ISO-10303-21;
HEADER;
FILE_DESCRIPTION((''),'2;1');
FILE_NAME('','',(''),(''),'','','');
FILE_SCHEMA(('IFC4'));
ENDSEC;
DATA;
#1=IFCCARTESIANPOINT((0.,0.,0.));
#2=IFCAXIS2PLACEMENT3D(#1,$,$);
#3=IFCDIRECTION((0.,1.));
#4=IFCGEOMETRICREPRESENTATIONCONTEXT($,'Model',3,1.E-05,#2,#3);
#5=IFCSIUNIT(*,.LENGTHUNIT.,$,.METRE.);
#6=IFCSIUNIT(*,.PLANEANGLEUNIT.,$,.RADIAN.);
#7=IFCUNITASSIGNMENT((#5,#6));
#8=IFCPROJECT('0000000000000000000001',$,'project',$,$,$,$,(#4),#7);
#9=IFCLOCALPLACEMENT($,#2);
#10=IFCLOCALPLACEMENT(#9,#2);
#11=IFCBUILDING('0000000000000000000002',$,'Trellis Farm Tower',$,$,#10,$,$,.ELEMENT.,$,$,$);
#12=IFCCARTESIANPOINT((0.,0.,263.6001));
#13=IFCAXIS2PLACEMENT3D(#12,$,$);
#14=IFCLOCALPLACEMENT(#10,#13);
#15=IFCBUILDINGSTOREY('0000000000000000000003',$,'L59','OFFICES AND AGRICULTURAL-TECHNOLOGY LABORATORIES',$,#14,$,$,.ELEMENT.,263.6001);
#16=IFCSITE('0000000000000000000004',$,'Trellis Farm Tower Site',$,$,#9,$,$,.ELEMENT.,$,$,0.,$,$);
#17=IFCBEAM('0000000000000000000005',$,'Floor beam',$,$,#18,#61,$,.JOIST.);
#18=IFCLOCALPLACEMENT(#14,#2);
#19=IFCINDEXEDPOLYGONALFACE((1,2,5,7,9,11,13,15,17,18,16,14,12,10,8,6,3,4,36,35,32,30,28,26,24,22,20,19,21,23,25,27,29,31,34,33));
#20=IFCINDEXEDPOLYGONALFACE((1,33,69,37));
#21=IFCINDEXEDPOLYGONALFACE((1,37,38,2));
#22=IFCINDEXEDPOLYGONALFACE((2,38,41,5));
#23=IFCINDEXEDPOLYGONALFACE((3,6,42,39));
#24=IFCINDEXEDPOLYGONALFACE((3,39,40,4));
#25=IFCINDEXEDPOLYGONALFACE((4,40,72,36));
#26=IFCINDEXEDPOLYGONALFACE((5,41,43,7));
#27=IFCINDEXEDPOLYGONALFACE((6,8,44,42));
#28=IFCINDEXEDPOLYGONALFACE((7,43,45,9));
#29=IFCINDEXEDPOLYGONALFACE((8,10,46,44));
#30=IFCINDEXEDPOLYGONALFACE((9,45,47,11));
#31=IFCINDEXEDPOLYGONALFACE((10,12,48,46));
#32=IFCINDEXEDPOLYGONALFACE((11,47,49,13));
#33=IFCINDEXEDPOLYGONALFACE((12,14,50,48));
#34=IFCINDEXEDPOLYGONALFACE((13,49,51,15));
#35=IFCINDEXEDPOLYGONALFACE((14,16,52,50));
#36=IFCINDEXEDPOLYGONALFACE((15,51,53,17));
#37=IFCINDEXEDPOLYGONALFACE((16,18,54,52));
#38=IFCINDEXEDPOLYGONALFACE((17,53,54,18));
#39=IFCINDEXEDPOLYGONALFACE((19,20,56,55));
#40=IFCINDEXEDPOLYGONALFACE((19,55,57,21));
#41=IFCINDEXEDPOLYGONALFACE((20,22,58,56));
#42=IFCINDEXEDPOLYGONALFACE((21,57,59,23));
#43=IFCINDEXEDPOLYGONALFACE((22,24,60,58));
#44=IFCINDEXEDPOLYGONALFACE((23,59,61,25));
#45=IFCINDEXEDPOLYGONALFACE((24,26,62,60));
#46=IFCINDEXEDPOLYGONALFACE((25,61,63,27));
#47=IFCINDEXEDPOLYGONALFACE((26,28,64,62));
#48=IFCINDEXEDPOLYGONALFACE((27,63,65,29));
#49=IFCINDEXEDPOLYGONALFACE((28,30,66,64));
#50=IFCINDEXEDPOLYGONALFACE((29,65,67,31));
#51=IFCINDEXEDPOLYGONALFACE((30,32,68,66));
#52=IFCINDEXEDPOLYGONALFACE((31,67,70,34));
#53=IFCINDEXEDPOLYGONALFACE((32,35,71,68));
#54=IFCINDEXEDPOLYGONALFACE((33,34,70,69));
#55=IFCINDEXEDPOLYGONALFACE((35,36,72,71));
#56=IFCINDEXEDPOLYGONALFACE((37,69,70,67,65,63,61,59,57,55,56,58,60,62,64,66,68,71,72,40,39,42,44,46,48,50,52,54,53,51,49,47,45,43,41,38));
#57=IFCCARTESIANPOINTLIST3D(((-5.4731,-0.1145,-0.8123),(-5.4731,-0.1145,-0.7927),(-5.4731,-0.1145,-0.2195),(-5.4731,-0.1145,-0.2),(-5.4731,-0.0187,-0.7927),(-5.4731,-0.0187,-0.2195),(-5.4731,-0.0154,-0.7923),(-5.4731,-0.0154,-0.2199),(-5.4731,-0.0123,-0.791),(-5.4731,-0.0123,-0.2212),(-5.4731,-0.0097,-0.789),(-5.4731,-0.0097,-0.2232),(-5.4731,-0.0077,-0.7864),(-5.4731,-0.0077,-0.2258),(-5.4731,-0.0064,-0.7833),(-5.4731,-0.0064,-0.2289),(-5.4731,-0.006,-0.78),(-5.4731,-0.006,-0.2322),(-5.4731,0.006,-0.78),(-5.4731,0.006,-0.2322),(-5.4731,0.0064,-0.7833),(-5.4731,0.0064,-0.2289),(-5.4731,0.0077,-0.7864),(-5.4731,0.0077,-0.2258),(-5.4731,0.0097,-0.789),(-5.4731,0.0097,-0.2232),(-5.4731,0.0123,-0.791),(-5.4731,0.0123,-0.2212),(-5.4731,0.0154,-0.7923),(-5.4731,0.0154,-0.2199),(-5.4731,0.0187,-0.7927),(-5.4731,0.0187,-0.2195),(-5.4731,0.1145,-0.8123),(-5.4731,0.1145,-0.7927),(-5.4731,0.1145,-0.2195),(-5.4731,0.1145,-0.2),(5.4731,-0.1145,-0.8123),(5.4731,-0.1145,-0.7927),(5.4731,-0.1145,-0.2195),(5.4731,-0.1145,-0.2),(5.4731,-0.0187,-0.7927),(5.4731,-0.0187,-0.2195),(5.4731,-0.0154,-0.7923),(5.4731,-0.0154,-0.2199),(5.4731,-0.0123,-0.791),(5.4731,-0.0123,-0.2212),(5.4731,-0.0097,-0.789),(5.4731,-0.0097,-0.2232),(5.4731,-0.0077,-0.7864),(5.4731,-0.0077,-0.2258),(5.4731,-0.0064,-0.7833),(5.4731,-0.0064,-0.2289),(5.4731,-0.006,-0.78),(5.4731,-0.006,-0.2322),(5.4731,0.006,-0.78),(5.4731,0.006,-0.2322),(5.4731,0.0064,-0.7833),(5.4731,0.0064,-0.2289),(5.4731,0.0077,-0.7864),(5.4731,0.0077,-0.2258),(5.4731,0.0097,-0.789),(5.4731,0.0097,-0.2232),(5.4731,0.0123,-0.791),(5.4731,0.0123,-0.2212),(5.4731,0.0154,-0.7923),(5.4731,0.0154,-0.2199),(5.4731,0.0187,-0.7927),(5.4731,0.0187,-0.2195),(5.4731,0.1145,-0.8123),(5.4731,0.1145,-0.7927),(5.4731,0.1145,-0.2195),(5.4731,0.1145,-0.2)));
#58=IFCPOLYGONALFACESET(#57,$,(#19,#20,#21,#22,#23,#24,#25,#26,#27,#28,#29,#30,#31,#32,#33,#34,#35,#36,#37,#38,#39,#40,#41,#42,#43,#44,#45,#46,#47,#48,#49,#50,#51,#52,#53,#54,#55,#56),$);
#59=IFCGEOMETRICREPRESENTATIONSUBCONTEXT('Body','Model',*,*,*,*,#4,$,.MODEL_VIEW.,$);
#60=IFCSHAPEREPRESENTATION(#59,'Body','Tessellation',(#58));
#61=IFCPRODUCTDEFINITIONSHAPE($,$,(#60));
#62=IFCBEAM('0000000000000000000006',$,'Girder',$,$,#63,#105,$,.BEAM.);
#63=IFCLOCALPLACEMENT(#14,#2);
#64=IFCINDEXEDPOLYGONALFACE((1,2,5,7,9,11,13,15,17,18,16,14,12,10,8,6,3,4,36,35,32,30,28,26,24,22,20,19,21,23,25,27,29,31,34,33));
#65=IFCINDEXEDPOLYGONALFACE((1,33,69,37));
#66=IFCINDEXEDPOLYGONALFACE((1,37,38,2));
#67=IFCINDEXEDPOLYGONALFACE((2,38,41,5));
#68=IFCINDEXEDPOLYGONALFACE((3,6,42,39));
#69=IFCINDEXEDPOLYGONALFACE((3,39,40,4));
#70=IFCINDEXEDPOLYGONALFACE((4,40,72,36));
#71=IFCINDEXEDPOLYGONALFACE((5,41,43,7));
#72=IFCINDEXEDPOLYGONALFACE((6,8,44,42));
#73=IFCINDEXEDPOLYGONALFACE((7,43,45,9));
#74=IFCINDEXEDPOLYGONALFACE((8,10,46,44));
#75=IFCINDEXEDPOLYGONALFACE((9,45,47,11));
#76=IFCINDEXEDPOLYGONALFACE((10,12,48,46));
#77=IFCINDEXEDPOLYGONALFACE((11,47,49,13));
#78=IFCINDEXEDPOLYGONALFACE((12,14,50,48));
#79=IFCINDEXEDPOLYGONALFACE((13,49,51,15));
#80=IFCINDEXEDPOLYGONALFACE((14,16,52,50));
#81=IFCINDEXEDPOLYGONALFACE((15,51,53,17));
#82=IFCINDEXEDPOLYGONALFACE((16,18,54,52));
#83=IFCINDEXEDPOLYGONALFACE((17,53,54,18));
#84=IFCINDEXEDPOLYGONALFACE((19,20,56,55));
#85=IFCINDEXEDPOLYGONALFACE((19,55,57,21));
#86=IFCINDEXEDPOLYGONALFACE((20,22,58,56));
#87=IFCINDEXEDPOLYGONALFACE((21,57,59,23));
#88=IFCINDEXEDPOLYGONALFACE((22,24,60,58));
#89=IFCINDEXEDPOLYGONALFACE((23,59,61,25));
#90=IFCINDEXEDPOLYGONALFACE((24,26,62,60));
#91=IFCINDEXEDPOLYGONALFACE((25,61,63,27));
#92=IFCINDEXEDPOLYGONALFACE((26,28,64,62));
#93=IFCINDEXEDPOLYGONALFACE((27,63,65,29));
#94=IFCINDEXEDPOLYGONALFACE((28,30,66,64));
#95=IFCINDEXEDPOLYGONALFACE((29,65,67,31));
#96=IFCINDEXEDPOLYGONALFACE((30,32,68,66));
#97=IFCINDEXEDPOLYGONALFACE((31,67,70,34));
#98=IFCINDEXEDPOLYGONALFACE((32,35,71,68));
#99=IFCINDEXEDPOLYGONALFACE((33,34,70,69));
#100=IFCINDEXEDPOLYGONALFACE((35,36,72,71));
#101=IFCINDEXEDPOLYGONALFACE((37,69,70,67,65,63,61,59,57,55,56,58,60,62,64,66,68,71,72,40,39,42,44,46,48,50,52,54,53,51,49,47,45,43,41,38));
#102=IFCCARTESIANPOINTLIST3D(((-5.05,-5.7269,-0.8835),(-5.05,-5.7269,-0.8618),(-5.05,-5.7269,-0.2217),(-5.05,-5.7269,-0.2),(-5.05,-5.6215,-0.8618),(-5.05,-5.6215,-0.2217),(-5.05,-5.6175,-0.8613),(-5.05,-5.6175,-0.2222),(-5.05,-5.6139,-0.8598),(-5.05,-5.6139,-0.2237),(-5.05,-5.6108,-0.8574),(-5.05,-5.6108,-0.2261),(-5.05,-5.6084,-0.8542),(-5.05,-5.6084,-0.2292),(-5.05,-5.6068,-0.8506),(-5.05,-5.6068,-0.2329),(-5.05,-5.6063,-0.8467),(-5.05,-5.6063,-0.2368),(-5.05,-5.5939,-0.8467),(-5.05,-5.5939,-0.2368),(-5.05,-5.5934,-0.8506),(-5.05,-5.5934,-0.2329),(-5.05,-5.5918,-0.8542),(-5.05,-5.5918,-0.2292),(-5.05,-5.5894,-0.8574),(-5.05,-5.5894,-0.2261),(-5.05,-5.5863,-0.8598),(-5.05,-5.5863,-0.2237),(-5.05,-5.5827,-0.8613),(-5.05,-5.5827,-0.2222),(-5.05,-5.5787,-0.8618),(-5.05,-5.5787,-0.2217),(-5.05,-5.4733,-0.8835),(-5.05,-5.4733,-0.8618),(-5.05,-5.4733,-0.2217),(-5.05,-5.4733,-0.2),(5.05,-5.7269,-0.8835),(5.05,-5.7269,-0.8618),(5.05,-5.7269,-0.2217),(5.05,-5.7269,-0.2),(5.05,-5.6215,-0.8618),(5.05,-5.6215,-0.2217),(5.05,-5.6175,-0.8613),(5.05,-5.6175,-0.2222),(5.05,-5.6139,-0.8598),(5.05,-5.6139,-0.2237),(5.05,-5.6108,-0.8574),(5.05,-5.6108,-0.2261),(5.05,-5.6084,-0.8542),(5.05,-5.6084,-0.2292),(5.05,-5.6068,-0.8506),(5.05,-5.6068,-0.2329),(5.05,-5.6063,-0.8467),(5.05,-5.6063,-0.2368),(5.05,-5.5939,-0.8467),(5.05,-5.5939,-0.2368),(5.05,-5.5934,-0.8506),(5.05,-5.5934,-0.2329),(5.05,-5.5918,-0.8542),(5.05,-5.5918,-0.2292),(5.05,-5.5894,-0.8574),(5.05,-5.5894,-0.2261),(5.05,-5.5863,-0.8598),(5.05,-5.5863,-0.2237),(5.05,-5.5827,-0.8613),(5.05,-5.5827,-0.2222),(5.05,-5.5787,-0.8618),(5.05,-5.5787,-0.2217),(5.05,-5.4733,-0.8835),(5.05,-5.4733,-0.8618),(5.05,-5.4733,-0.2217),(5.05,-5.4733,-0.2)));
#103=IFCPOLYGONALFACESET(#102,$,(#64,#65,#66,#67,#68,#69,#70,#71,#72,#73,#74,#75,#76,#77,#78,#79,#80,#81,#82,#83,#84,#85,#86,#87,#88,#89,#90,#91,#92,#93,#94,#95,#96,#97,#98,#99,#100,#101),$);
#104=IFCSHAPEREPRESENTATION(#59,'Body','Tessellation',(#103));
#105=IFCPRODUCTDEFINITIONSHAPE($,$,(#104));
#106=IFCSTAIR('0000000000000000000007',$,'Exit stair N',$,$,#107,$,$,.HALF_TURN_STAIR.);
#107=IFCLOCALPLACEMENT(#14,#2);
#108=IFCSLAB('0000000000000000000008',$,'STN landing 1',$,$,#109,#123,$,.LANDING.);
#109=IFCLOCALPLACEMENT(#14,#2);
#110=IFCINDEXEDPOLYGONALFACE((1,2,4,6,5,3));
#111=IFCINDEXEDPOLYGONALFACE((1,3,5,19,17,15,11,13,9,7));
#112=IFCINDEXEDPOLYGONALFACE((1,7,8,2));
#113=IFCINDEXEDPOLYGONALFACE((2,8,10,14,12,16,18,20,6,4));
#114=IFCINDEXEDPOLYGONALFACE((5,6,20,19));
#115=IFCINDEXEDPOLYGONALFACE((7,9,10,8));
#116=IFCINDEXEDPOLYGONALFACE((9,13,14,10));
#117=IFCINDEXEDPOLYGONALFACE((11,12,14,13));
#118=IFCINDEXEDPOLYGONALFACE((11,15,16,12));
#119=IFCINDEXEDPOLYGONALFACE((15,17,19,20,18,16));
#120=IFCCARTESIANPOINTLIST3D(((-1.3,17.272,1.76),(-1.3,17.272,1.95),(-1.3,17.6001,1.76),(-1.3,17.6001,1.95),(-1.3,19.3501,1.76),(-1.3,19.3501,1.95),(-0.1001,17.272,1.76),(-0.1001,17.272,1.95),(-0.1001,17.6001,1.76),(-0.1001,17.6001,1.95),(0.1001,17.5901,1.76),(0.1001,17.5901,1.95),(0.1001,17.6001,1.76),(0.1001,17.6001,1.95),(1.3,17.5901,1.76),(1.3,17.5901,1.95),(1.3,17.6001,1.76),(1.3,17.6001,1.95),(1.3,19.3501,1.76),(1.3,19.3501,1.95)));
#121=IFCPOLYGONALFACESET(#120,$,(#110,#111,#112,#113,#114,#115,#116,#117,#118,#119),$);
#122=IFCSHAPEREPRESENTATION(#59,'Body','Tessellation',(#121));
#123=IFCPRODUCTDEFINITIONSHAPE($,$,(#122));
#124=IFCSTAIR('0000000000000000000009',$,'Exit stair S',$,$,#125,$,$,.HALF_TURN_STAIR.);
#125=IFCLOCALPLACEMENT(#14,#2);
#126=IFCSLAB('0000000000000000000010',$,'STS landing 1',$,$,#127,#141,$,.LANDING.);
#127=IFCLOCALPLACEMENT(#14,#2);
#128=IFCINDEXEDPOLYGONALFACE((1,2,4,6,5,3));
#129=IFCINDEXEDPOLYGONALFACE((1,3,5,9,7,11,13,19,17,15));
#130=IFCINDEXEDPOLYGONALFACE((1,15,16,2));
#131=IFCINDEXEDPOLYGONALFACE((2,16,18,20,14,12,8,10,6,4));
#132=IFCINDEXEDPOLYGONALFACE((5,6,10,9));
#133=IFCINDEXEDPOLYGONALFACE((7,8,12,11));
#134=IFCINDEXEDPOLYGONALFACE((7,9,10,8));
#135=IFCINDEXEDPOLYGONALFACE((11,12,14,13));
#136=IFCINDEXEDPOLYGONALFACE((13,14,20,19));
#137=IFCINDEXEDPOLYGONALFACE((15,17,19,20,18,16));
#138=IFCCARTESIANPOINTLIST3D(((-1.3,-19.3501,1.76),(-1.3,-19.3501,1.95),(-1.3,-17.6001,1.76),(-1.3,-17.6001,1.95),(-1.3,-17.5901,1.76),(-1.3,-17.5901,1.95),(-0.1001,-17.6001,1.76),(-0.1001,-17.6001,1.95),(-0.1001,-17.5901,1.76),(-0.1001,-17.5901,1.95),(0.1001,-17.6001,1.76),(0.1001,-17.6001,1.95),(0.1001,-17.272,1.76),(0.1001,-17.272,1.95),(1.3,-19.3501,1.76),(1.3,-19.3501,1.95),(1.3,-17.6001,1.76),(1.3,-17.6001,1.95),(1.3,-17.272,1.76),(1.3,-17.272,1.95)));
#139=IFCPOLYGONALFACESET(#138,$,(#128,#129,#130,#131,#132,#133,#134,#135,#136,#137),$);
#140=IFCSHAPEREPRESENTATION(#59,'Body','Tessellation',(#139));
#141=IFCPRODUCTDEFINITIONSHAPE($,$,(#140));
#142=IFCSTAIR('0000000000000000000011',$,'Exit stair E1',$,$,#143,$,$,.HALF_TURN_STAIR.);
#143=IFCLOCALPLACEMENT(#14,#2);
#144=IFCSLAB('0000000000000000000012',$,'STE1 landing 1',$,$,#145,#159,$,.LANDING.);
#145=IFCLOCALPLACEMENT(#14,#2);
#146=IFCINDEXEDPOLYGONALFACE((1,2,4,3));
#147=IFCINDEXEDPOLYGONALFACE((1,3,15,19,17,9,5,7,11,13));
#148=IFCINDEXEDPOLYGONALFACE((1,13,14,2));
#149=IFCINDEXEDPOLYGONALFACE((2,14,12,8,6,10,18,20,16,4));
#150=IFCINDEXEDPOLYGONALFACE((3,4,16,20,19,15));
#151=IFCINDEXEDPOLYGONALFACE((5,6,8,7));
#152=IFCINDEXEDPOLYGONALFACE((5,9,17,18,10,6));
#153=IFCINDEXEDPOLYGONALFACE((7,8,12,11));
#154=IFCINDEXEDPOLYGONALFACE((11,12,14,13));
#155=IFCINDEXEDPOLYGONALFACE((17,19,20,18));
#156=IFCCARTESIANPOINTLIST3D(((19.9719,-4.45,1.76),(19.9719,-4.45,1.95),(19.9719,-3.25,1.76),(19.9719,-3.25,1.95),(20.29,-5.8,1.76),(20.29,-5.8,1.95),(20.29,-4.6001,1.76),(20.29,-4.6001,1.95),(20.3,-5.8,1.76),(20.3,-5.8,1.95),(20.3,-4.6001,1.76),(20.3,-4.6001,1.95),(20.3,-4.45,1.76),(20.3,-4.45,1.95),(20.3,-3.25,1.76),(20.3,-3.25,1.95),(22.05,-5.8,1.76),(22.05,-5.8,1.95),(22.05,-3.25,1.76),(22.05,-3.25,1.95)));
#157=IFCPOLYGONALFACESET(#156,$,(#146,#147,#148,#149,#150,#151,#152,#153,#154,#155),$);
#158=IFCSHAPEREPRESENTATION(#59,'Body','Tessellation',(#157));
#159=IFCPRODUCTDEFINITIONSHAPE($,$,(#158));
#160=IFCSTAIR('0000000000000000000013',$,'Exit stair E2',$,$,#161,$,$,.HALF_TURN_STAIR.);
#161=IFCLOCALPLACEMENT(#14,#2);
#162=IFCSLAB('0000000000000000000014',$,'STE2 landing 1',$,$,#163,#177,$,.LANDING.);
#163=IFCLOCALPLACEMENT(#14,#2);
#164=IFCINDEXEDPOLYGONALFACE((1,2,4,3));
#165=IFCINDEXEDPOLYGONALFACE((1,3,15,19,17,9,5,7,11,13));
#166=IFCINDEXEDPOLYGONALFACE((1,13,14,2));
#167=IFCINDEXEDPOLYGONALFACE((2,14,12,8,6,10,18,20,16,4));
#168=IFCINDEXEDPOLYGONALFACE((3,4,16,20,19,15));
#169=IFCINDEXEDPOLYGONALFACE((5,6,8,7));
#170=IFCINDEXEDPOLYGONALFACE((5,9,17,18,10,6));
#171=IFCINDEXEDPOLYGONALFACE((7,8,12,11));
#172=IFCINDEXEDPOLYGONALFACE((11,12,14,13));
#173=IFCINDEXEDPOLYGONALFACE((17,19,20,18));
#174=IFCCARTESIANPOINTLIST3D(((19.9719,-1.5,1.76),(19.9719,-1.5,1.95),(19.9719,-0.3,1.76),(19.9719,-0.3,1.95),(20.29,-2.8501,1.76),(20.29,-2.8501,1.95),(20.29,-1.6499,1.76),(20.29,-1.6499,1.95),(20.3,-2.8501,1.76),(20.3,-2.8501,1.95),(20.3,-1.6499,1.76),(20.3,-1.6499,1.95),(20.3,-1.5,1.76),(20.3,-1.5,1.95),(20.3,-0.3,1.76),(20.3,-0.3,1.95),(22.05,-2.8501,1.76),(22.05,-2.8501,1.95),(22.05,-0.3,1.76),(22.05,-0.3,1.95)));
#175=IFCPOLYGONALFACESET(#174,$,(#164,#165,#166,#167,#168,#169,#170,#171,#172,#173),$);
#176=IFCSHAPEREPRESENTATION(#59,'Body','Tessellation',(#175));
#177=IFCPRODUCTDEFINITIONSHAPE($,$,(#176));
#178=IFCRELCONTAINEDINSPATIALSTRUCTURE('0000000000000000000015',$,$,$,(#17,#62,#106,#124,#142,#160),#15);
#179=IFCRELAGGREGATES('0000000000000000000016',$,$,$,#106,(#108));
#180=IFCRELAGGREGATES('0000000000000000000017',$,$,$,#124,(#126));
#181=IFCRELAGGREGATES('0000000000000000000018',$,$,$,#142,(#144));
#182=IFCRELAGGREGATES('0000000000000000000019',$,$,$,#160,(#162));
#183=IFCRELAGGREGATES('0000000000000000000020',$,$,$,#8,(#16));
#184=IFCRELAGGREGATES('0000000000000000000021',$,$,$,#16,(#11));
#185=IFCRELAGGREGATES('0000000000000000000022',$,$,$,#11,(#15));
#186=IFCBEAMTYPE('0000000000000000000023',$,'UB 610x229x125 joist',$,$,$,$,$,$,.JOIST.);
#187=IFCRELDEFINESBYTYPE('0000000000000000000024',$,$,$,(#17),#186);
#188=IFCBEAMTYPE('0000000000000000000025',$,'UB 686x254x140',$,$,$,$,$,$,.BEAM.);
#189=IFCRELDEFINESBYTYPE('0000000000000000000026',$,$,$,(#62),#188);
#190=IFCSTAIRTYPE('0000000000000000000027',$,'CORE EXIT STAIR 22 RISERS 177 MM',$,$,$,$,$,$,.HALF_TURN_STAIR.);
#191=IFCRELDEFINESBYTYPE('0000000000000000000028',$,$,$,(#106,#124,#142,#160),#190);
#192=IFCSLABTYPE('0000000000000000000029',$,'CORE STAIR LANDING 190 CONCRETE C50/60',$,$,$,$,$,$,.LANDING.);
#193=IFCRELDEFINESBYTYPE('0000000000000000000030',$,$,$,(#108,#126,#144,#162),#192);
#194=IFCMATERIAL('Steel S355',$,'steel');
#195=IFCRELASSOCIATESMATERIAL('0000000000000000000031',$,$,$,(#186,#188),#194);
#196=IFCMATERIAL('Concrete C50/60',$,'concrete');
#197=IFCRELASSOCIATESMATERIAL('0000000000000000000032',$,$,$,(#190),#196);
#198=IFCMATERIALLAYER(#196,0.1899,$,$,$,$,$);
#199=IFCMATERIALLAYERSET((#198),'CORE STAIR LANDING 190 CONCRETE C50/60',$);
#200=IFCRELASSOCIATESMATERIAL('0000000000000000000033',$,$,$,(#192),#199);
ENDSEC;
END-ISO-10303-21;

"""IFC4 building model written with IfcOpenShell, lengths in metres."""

from ifc_helpers import new_model, si_unit, direction, frame, origin, origin_2d, place, context, subcontext, project, spatial, polyline, i_section, outline, extrude, source, transform, mapped, material, layer, layer_set, material_profile, profile_set, type_object, element, aggregate, save


model = new_model("IFC4")

# Units and contexts
model_context = context("Model", 3, precision=1e-05, world=origin(), true_north=direction((0.0, 1.0)))
body_context = subcontext(model_context, "Body", "Model", "MODEL_VIEW")
ifc_project = project(units=[si_unit("LENGTHUNIT", "METRE"), si_unit("PLANEANGLEUNIT", "RADIAN")], contexts=[model_context])

# Site, building, storey
site_placement = place(None, origin())
site = spatial("IfcSite", under=ifc_project, at=site_placement, Name="Trellis Farm Tower Site", CompositionType="ELEMENT", RefElevation=0.0)
building_placement = place(site_placement, origin())
building = spatial("IfcBuilding", under=site, at=building_placement, Name="Trellis Farm Tower", CompositionType="ELEMENT")
storey_placement = place(building_placement, frame((0.0, 0.0, 263.6001)))
storey = spatial("IfcBuildingStorey", under=building, at=storey_placement, Name="L59", Description="OFFICES AND AGRICULTURAL-TECHNOLOGY LABORATORIES", CompositionType="ELEMENT", Elevation=263.6001)

# Beams
ifc_material_1 = material(Name="Steel S355", Category="steel")
ifc_material_profile_1 = material_profile(ifc_material_1, i_section(OverallWidth=0.229, OverallDepth=0.6123, WebThickness=0.012, FlangeThickness=0.0195, FilletRadius=0.0127, at=origin_2d()), Name="UB 610x229x125")
ifc_profile_set_1 = profile_set([ifc_material_profile_1], Name="Steel S355")
beam_type_1 = type_object("IfcBeamType", Name="UB 610x229x125 joist", PredefinedType="JOIST", material=ifc_profile_set_1)
shared_shape_1 = source(origin(), body_context, "Body", "SweptSolid", [
    extrude(i_section(OverallWidth=0.229, OverallDepth=0.6123, WebThickness=0.012, FlangeThickness=0.0195, FilletRadius=0.0127, at=origin_2d()), origin(), (0.0, 0.0, 1.0), 10.9463),
])
beam_1_placement = place(storey_placement, frame((-5.4731, 0.0, -0.5061), z_axis=(1.0, 0.0, 0.0), x_axis=(0.0, 1.0, 0.0)))
element("IfcBeam", 1, at=beam_1_placement, inside=storey, type_object=beam_type_1, Name="Floor beam", PredefinedType="JOIST", context=body_context, shape_type="MappedRepresentation", body=[
    mapped(shared_shape_1, transform((0.0, 0.0, 0.0))),
])
ifc_material_profile_2 = material_profile(ifc_material_1, i_section(OverallWidth=0.2537, OverallDepth=0.6836, WebThickness=0.0125, FlangeThickness=0.0217, FilletRadius=0.0151, at=origin_2d()), Name="UB 686x254x140")
ifc_profile_set_2 = profile_set([ifc_material_profile_2], Name="Steel S355")
beam_type_2 = type_object("IfcBeamType", Name="UB 686x254x140", PredefinedType="BEAM", material=ifc_profile_set_2)
shared_shape_2 = source(origin(), body_context, "Body", "SweptSolid", [
    extrude(i_section(OverallWidth=0.2537, OverallDepth=0.6836, WebThickness=0.0125, FlangeThickness=0.0217, FilletRadius=0.0151, at=origin_2d()), origin(), (0.0, 0.0, 1.0), 10.1001),
])
beam_2_placement = place(storey_placement, frame((-5.05, -5.6001, -0.5417), z_axis=(1.0, 0.0, 0.0), x_axis=(0.0, 1.0, 0.0)))
element("IfcBeam", 2, at=beam_2_placement, inside=storey, type_object=beam_type_2, Name="Girder", PredefinedType="BEAM", context=body_context, shape_type="MappedRepresentation", body=[
    mapped(shared_shape_2, transform((0.0, 0.0, 0.0))),
])

# Stairs, slabs
ifc_material_2 = material(Name="Concrete C50/60", Category="concrete")
stair_type = type_object("IfcStairType", Name="CORE EXIT STAIR 22 RISERS 177 MM", PredefinedType="HALF_TURN_STAIR", material=ifc_material_2)
placement_1 = place(storey_placement, origin())
stair_1 = element("IfcStair", 3, at=placement_1, inside=storey, type_object=stair_type, Name="Exit stair N", PredefinedType="HALF_TURN_STAIR")
ifc_layer_1 = layer(ifc_material_2, 0.1899)
ifc_layer_set_1 = layer_set([ifc_layer_1], Name="CORE STAIR LANDING 190 CONCRETE C50/60")
slab_type_1 = type_object("IfcSlabType", Name="CORE STAIR LANDING 190 CONCRETE C50/60", PredefinedType="LANDING", material=ifc_layer_set_1)
shared_shape_3 = source(origin(), body_context, "Body", "SweptSolid", [
    extrude(outline(polyline([(-0.1001, 17.272), (-1.3, 17.272), (-1.3, 17.6001), (-1.3, 19.3501), (1.3, 19.3501), (1.3, 17.6001), (1.3, 17.5901), (0.1001, 17.5901), (0.1001, 17.6001), (-0.1001, 17.6001), (-0.1001, 17.272)])), origin(), (0.0, 0.0, 1.0), 0.1899),
])
placement_2 = place(storey_placement, frame((0.0, 0.0, 1.76)))
slab_1 = element("IfcSlab", 4, at=placement_2, type_object=slab_type_1, Name="STN landing 1", PredefinedType="LANDING", context=body_context, shape_type="MappedRepresentation", body=[
    mapped(shared_shape_3, transform((0.0, 0.0, 0.0))),
])
aggregate(stair_1, [slab_1])
stair_2 = element("IfcStair", 5, at=placement_1, inside=storey, type_object=stair_type, Name="Exit stair S", PredefinedType="HALF_TURN_STAIR")
shared_shape_4 = source(origin(), body_context, "Body", "SweptSolid", [
    extrude(outline(polyline([(1.3, -19.3501), (-1.3, -19.3501), (-1.3, -17.6001), (-1.3, -17.5901), (-0.1001, -17.5901), (-0.1001, -17.6001), (0.1001, -17.6001), (0.1001, -17.272), (1.3, -17.272), (1.3, -17.6001), (1.3, -19.3501)])), origin(), (0.0, 0.0, 1.0), 0.1899),
])
slab_2 = element("IfcSlab", 6, at=placement_2, type_object=slab_type_1, Name="STS landing 1", PredefinedType="LANDING", context=body_context, shape_type="MappedRepresentation", body=[
    mapped(shared_shape_4, transform((0.0, 0.0, 0.0))),
])
aggregate(stair_2, [slab_2])
stair_3 = element("IfcStair", 7, at=placement_1, inside=storey, type_object=stair_type, Name="Exit stair E1", PredefinedType="HALF_TURN_STAIR")
shared_shape_5 = source(origin(), body_context, "Body", "SweptSolid", [
    extrude(outline(polyline([(20.29, -5.8), (20.29, -4.6001), (20.3, -4.6001), (20.3, -4.45), (19.9719, -4.45), (19.9719, -3.25), (20.3, -3.25), (22.05, -3.25), (22.05, -5.8), (20.3, -5.8), (20.29, -5.8)])), origin(), (0.0, 0.0, 1.0), 0.1899),
])
slab_3 = element("IfcSlab", 8, at=placement_2, type_object=slab_type_1, Name="STE1 landing 1", PredefinedType="LANDING", context=body_context, shape_type="MappedRepresentation", body=[
    mapped(shared_shape_5, transform((0.0, 0.0, 0.0))),
])
aggregate(stair_3, [slab_3])
stair_4 = element("IfcStair", 9, at=placement_1, inside=storey, type_object=stair_type, Name="Exit stair E2", PredefinedType="HALF_TURN_STAIR")
shared_shape_6 = source(origin(), body_context, "Body", "SweptSolid", [
    extrude(outline(polyline([(20.29, -2.8501), (20.29, -1.6499), (20.3, -1.6499), (20.3, -1.5), (19.9719, -1.5), (19.9719, -0.3), (20.3, -0.3), (22.05, -0.3), (22.05, -2.8501), (20.3, -2.8501), (20.29, -2.8501)])), origin(), (0.0, 0.0, 1.0), 0.1899),
])
slab_4 = element("IfcSlab", 10, at=placement_2, type_object=slab_type_1, Name="STE2 landing 1", PredefinedType="LANDING", context=body_context, shape_type="MappedRepresentation", body=[
    mapped(shared_shape_6, transform((0.0, 0.0, 0.0))),
])
aggregate(stair_4, [slab_4])

save(model, "model.ifc")
